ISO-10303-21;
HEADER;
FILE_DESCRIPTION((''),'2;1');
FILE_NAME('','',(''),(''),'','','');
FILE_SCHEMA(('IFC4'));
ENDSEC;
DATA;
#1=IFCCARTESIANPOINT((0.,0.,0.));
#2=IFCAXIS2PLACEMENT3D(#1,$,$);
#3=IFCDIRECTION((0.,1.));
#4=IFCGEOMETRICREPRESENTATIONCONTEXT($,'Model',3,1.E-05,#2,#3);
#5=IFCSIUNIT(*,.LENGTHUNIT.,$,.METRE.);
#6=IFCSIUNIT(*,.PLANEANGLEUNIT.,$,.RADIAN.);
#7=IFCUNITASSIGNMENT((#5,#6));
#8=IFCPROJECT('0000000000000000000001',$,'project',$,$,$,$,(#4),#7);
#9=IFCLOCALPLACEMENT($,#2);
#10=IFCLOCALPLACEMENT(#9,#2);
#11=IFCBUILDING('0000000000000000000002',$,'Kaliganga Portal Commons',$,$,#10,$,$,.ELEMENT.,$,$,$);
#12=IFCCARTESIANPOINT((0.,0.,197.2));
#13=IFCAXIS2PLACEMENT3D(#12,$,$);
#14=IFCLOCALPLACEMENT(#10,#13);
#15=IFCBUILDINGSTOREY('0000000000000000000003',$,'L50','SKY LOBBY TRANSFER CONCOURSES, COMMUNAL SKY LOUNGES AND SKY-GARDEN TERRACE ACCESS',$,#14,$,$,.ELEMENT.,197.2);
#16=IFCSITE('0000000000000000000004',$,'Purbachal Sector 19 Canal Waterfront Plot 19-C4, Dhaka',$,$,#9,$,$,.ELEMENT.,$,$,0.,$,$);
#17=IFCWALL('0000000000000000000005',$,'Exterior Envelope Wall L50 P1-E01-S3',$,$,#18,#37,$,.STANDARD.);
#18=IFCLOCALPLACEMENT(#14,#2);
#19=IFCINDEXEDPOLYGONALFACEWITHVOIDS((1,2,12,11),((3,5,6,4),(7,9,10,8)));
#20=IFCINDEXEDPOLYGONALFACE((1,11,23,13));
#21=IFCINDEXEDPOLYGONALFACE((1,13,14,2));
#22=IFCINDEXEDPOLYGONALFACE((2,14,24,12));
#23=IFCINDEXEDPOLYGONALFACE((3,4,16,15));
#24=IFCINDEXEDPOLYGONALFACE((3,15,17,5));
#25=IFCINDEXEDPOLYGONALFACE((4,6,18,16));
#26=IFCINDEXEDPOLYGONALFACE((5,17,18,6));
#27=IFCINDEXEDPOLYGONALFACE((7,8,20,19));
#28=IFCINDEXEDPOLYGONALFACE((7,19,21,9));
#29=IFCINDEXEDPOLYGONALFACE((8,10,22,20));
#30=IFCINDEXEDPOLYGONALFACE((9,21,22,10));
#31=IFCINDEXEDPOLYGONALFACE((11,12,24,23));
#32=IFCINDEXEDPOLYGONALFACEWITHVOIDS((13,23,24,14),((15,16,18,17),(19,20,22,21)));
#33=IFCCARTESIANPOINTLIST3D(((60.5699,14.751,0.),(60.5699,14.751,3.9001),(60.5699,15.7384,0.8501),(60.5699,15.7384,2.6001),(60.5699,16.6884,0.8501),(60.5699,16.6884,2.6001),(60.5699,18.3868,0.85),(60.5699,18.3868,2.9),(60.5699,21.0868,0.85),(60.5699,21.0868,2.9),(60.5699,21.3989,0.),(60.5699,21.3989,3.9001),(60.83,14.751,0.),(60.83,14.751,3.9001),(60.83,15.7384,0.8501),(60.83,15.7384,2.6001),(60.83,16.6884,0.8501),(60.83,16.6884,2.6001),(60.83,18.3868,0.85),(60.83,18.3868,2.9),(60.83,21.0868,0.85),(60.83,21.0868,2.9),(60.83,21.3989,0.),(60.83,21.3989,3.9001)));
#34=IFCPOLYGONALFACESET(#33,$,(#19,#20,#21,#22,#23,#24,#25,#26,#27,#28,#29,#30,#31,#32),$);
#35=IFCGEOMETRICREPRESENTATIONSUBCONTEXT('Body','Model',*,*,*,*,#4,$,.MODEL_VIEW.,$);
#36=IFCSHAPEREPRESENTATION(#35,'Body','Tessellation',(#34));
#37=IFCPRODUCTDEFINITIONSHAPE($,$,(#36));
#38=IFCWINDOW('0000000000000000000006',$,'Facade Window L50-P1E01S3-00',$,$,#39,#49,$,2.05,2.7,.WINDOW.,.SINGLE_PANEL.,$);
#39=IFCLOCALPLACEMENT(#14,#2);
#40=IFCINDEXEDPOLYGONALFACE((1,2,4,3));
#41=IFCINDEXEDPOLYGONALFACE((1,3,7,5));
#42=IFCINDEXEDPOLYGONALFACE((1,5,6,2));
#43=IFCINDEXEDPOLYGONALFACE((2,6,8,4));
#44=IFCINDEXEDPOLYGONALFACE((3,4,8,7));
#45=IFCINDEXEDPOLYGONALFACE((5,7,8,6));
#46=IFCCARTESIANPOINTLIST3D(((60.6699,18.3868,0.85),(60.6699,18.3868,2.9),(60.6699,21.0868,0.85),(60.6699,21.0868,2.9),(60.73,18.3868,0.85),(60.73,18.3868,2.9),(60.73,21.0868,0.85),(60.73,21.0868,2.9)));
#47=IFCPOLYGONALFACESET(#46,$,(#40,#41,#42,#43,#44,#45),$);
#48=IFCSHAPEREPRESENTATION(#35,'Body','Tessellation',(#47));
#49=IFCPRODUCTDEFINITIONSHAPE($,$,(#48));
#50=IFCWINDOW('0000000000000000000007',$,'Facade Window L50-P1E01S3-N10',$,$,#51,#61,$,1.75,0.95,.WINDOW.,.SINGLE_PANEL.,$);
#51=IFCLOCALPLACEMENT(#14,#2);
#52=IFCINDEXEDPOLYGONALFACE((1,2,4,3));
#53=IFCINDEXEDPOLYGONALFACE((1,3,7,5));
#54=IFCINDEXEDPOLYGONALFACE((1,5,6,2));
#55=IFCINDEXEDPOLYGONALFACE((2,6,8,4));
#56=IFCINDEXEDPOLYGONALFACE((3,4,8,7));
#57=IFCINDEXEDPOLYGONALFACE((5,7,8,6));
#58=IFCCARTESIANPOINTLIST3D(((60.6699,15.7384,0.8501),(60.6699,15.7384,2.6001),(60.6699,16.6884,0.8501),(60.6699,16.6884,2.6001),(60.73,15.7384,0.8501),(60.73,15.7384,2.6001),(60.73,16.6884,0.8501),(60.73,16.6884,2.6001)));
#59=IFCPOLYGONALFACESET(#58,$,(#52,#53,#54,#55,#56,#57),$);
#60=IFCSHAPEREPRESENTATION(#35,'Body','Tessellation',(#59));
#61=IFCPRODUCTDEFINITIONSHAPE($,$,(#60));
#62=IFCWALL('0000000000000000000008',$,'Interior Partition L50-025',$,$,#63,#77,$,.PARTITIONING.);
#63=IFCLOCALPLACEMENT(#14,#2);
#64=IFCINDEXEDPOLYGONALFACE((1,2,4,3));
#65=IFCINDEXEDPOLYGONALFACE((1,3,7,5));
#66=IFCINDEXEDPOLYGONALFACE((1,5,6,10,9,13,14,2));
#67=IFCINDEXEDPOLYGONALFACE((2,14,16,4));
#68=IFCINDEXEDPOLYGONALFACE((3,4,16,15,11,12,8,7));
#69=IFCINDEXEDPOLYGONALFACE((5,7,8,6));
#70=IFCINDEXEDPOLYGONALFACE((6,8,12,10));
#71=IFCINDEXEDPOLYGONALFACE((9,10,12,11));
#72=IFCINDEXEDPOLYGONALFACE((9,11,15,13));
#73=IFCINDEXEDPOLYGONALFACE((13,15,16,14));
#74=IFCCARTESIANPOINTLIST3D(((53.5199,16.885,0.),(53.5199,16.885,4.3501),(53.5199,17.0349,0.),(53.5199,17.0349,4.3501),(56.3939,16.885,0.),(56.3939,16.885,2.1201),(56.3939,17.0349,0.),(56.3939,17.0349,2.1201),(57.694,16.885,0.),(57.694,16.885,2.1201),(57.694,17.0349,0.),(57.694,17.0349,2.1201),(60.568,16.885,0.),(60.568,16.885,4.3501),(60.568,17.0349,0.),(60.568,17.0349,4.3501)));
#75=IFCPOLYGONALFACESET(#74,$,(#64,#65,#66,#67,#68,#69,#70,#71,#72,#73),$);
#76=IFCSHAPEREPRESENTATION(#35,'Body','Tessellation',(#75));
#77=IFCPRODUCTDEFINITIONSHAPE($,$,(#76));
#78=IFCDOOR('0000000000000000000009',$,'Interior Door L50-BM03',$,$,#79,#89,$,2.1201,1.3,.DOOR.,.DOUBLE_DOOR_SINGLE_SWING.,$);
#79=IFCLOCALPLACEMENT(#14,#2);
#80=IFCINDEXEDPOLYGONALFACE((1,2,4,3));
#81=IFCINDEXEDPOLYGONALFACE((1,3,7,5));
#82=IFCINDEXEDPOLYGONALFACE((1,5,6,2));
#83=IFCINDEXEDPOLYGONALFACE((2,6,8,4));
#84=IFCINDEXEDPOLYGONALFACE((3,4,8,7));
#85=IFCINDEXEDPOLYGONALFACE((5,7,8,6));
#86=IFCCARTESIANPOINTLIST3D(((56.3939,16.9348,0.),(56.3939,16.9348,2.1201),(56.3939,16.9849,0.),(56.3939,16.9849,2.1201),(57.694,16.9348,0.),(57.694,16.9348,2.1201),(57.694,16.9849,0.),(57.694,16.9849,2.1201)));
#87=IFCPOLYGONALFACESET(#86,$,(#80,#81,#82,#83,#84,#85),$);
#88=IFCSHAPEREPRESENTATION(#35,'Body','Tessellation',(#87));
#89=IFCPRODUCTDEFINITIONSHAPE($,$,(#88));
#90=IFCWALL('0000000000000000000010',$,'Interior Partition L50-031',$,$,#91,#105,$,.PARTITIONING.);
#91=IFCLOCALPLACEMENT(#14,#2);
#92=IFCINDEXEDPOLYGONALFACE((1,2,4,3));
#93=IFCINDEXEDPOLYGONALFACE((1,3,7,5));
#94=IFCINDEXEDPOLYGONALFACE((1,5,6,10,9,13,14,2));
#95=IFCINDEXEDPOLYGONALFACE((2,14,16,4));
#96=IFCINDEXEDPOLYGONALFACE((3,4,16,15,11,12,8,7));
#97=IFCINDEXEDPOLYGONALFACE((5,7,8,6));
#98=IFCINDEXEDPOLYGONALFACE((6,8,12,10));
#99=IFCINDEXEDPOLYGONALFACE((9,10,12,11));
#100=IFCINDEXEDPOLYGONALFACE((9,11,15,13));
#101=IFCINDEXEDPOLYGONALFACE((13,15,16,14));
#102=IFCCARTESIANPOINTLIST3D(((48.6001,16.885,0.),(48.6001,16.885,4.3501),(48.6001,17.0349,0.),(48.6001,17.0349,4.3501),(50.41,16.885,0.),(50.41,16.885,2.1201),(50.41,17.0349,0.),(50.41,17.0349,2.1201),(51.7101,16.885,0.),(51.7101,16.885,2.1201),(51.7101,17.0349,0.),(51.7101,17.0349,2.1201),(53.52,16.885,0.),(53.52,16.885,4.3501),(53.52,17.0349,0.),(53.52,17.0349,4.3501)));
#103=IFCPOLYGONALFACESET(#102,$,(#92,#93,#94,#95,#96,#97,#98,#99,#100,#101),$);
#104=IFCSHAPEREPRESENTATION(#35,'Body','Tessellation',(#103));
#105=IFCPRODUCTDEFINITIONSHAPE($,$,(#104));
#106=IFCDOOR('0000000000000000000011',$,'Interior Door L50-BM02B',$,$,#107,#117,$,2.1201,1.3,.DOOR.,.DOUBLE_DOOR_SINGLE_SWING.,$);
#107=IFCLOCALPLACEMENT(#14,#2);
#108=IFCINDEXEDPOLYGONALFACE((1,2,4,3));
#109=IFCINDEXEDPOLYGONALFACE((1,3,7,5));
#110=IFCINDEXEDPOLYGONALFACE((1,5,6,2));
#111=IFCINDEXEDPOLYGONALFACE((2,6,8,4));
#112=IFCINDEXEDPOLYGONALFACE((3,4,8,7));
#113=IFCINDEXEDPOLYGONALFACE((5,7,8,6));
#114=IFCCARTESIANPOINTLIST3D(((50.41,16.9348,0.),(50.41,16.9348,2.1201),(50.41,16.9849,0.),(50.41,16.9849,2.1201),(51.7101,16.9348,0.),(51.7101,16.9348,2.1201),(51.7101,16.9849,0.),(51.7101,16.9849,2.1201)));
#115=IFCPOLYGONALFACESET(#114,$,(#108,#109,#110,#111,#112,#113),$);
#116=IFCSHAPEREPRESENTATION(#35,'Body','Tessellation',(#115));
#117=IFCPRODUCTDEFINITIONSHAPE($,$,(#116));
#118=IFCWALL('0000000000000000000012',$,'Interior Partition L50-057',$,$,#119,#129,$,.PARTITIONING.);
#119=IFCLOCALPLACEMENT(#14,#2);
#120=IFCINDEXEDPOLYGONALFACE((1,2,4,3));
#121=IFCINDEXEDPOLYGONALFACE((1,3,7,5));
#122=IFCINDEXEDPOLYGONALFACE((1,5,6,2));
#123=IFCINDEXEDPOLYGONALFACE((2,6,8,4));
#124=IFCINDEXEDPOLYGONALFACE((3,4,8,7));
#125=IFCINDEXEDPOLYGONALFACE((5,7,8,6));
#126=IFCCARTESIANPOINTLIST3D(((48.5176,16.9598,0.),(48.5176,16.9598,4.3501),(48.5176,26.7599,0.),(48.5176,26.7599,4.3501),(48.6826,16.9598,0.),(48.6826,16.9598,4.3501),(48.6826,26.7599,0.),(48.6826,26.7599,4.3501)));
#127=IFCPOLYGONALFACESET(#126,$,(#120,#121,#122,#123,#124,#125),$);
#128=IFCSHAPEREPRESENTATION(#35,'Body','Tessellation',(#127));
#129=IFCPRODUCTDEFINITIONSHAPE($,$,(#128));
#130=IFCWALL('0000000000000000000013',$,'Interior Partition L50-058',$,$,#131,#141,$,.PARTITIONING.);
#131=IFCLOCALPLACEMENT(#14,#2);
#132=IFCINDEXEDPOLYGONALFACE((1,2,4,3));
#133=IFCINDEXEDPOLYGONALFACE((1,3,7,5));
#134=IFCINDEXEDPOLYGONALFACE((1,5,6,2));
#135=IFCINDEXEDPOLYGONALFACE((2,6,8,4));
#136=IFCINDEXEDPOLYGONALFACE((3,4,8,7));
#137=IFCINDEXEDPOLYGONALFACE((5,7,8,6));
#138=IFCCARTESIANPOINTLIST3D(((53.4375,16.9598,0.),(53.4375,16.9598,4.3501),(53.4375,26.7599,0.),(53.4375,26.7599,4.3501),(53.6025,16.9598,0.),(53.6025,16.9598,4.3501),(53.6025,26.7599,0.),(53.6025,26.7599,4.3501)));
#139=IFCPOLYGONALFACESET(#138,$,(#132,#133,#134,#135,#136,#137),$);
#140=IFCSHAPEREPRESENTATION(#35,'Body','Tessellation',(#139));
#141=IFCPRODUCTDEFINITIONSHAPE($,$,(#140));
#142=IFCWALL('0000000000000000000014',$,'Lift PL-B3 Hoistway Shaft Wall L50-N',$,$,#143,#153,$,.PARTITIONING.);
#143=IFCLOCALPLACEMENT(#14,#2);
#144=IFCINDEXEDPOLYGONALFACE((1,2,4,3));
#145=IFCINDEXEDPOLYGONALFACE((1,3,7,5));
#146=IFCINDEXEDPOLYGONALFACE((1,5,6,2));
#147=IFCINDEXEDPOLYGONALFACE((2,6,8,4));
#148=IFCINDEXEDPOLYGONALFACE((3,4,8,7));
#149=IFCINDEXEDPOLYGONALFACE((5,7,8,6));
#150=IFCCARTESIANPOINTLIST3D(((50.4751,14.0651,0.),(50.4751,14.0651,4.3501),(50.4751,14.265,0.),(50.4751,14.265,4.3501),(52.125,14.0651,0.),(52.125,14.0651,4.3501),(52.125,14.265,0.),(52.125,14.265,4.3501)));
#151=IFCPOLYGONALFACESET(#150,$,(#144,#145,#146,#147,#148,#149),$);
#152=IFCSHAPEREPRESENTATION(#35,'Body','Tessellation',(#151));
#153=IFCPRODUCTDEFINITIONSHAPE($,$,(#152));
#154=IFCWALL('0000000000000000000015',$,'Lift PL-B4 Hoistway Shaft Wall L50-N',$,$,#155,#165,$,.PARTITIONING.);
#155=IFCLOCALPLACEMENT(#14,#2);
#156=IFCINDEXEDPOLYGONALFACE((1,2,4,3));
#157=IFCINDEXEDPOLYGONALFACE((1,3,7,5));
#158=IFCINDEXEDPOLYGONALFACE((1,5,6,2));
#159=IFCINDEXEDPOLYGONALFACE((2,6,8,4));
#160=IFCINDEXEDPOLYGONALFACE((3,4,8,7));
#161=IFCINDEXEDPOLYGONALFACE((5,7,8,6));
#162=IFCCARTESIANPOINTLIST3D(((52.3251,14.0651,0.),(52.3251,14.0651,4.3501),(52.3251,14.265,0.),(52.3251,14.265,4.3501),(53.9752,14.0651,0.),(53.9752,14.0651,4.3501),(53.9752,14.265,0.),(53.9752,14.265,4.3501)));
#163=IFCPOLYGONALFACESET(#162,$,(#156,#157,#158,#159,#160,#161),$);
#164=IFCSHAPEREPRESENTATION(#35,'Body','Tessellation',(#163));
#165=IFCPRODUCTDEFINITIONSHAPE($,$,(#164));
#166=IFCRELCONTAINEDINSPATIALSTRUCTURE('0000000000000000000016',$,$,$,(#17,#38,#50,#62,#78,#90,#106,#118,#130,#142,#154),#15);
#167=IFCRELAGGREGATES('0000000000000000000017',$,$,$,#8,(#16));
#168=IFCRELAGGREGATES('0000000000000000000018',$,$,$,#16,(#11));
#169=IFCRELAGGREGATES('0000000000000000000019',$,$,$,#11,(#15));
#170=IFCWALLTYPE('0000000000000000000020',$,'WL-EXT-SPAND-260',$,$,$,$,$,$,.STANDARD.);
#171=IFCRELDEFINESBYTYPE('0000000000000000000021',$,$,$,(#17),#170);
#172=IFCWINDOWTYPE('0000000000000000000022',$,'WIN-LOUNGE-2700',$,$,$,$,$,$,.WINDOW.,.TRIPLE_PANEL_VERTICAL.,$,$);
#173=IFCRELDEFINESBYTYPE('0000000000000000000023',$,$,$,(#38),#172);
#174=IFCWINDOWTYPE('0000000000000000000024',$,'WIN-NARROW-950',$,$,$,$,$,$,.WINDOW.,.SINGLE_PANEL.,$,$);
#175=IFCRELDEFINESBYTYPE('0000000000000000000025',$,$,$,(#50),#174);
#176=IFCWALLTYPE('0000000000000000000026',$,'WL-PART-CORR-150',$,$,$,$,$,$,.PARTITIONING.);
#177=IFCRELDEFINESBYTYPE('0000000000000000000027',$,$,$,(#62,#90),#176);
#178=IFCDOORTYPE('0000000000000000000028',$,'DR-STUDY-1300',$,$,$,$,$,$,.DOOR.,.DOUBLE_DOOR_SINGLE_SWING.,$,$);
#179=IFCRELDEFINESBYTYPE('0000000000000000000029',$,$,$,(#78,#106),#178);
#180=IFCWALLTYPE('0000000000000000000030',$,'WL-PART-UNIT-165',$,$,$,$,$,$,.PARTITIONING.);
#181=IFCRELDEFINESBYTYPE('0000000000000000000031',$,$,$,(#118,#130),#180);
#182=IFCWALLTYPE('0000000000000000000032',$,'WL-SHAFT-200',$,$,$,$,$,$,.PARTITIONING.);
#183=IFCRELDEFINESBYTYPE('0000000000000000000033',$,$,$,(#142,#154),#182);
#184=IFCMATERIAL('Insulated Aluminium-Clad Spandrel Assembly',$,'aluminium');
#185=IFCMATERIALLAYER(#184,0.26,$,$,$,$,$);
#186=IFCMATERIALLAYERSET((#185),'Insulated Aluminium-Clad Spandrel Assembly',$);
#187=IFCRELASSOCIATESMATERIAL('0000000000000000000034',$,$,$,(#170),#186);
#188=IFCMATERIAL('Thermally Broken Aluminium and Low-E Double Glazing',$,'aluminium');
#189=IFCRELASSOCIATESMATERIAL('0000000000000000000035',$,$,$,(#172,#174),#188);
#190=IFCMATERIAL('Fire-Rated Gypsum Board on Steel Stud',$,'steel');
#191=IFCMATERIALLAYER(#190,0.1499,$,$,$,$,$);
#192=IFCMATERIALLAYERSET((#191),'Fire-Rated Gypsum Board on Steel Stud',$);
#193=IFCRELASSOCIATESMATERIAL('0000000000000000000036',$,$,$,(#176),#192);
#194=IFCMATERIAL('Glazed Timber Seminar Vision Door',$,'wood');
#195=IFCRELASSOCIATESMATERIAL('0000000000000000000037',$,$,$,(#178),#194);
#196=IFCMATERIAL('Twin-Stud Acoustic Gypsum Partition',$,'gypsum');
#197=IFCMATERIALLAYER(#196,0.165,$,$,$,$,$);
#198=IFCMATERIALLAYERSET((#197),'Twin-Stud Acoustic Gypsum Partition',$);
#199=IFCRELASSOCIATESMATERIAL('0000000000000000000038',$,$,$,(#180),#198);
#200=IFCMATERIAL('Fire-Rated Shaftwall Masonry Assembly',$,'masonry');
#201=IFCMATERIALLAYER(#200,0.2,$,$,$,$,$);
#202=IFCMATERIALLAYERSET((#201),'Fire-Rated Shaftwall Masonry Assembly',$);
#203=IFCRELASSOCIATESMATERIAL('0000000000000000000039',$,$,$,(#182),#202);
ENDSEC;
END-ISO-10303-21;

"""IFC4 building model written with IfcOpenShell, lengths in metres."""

from ifc_helpers import new_model, si_unit, direction, frame, frame_2d, origin, place, context, subcontext, project, spatial, rectangle, extrude, material, layer, layer_set, type_object, element, fill, save


model = new_model("IFC4")

# Units and contexts
model_context = context("Model", 3, precision=1e-05, world=origin(), true_north=direction((0.0, 1.0)))
body_context = subcontext(model_context, "Body", "Model", "MODEL_VIEW")
ifc_project = project(units=[si_unit("LENGTHUNIT", "METRE"), si_unit("PLANEANGLEUNIT", "RADIAN")], contexts=[model_context])

# Site, building, storey
site_placement = place(None, origin())
site = spatial("IfcSite", under=ifc_project, at=site_placement, Name="Purbachal Sector 19 Canal Waterfront Plot 19-C4, Dhaka", CompositionType="ELEMENT", RefElevation=0.0)
building_placement = place(site_placement, origin())
building = spatial("IfcBuilding", under=site, at=building_placement, Name="Kaliganga Portal Commons", CompositionType="ELEMENT")
storey_placement = place(building_placement, frame((0.0, 0.0, 197.2)))
storey = spatial("IfcBuildingStorey", under=building, at=storey_placement, Name="L50", Description="SKY LOBBY TRANSFER CONCOURSES, COMMUNAL SKY LOUNGES AND SKY-GARDEN TERRACE ACCESS", CompositionType="ELEMENT", Elevation=197.2)

# Shared definitions
ifc_material_1 = material(Name="Insulated Aluminium-Clad Spandrel Assembly", Category="aluminium")
ifc_layer_1 = layer(ifc_material_1, 0.26)
ifc_layer_set_1 = layer_set([ifc_layer_1], Name="Insulated Aluminium-Clad Spandrel Assembly")
wall_type_1 = type_object("IfcWallType", Name="WL-EXT-SPAND-260", PredefinedType="STANDARD", material=ifc_layer_set_1)

# Wall, openings, windows
wall_1_placement = place(storey_placement, frame((60.7, 21.3989, 0.0), z_axis=(0.0, 0.0, 1.0), x_axis=(0.0, -1.0, 0.0)))
wall_1 = element("IfcWall", 1, at=wall_1_placement, inside=storey, type_object=wall_type_1, Name="Exterior Envelope Wall L50 P1-E01-S3", PredefinedType="STANDARD", context=body_context, shape_type="SweptSolid", body=[
    extrude(rectangle(XDim=6.6479, YDim=0.26, at=frame_2d((3.324, 0.0))), origin(), (0.0, 0.0, 1.0), 3.9001),
])
opening_1_placement = place(wall_1_placement, frame((0.312, 0.0, 0.8501)))
opening_1 = element("IfcOpeningElement", 2, at=opening_1_placement, cuts=wall_1, PredefinedType="OPENING", context=body_context, shape_type="SweptSolid", body=[
    extrude(rectangle(XDim=2.7, YDim=2.05, at=frame_2d((1.3501, 1.0249))), frame((0.0, 0.1401, 0.0), z_axis=(0.0, -1.0, 0.0), x_axis=(1.0, 0.0, 0.0)), (0.0, 0.0, 1.0), 0.28),
])
opening_2_placement = place(wall_1_placement, frame((4.7104, 0.0, 0.8501)))
opening_2 = element("IfcOpeningElement", 3, at=opening_2_placement, cuts=wall_1, PredefinedType="OPENING", context=body_context, shape_type="SweptSolid", body=[
    extrude(rectangle(XDim=0.95, YDim=1.75, at=frame_2d((0.4751, 0.875))), frame((0.0, 0.1401, 0.0), z_axis=(0.0, -1.0, 0.0), x_axis=(1.0, 0.0, 0.0)), (0.0, 0.0, 1.0), 0.28),
])
ifc_material_2 = material(Name="Thermally Broken Aluminium and Low-E Double Glazing", Category="aluminium")
window_type_1 = type_object("IfcWindowType", Name="WIN-LOUNGE-2700", PartitioningType="TRIPLE_PANEL_VERTICAL", PredefinedType="WINDOW", material=ifc_material_2)
window_1_placement = place(opening_1_placement, origin())
window_1 = element("IfcWindow", 4, at=window_1_placement, inside=storey, type_object=window_type_1, Name="Facade Window L50-P1E01S3-00", OverallHeight=2.05, OverallWidth=2.7, PartitioningType="SINGLE_PANEL", PredefinedType="WINDOW", context=body_context, shape_type="SweptSolid", body=[
    extrude(rectangle(XDim=2.7, YDim=2.05, at=frame_2d((1.3501, 1.0249))), frame((0.0, 0.03, 0.0), z_axis=(0.0, -1.0, 0.0), x_axis=(1.0, 0.0, 0.0)), (0.0, 0.0, 1.0), 0.0601),
])
fill(opening_1, window_1)
window_type_2 = type_object("IfcWindowType", Name="WIN-NARROW-950", PartitioningType="SINGLE_PANEL", PredefinedType="WINDOW", material=ifc_material_2)
window_2_placement = place(opening_2_placement, origin())
window_2 = element("IfcWindow", 5, at=window_2_placement, inside=storey, type_object=window_type_2, Name="Facade Window L50-P1E01S3-N10", OverallHeight=1.75, OverallWidth=0.95, PartitioningType="SINGLE_PANEL", PredefinedType="WINDOW", context=body_context, shape_type="SweptSolid", body=[
    extrude(rectangle(XDim=0.95, YDim=1.75, at=frame_2d((0.4751, 0.875))), frame((0.0, 0.03, 0.0), z_axis=(0.0, -1.0, 0.0), x_axis=(1.0, 0.0, 0.0)), (0.0, 0.0, 1.0), 0.0601),
])
fill(opening_2, window_2)

# Walls, openings, doors
ifc_material_3 = material(Name="Fire-Rated Gypsum Board on Steel Stud", Category="steel")
ifc_layer_2 = layer(ifc_material_3, 0.1499)
ifc_layer_set_2 = layer_set([ifc_layer_2], Name="Fire-Rated Gypsum Board on Steel Stud")
wall_type_2 = type_object("IfcWallType", Name="WL-PART-CORR-150", PredefinedType="PARTITIONING", material=ifc_layer_set_2)
wall_2_placement = place(storey_placement, frame((53.52, 16.96, 0.0), z_axis=(0.0, 0.0, 1.0), x_axis=(1.0, 0.0, 0.0)))
wall_2 = element("IfcWall", 6, at=wall_2_placement, inside=storey, type_object=wall_type_2, Name="Interior Partition L50-025", PredefinedType="PARTITIONING", context=body_context, shape_type="SweptSolid", body=[
    extrude(rectangle(XDim=7.0481, YDim=0.1499, at=frame_2d((3.5239, 0.0))), origin(), (0.0, 0.0, 1.0), 4.3501),
])
opening_3_placement = place(wall_2_placement, frame((2.874, 0.0, 0.0)))
opening_3 = element("IfcOpeningElement", 7, at=opening_3_placement, cuts=wall_2, PredefinedType="OPENING", context=body_context, shape_type="SweptSolid", body=[
    extrude(rectangle(XDim=1.3, YDim=2.1201, at=frame_2d((0.6499, 1.0601))), frame((0.0, 0.085, 0.0), z_axis=(0.0, -1.0, 0.0), x_axis=(1.0, 0.0, 0.0)), (0.0, 0.0, 1.0), 0.1699),
])
ifc_material_4 = material(Name="Glazed Timber Seminar Vision Door", Category="wood")
door_type_1 = type_object("IfcDoorType", Name="DR-STUDY-1300", OperationType="DOUBLE_DOOR_SINGLE_SWING", PredefinedType="DOOR", material=ifc_material_4)
door_1_placement = place(opening_3_placement, origin())
door_1 = element("IfcDoor", 8, at=door_1_placement, inside=storey, type_object=door_type_1, Name="Interior Door L50-BM03", OperationType="DOUBLE_DOOR_SINGLE_SWING", OverallHeight=2.1201, OverallWidth=1.3, PredefinedType="DOOR", context=body_context, shape_type="SweptSolid", body=[
    extrude(rectangle(XDim=1.3, YDim=2.1201, at=frame_2d((0.6499, 1.0601))), frame((0.0, 0.0249, 0.0), z_axis=(0.0, -1.0, 0.0), x_axis=(1.0, 0.0, 0.0)), (0.0, 0.0, 1.0), 0.05),
])
fill(opening_3, door_1)
wall_3_placement = place(storey_placement, frame((48.6001, 16.96, 0.0), z_axis=(0.0, 0.0, 1.0), x_axis=(1.0, 0.0, 0.0)))
wall_3 = element("IfcWall", 9, at=wall_3_placement, inside=storey, type_object=wall_type_2, Name="Interior Partition L50-031", PredefinedType="PARTITIONING", context=body_context, shape_type="SweptSolid", body=[
    extrude(rectangle(XDim=4.9199, YDim=0.1499, at=frame_2d((2.46, 0.0))), origin(), (0.0, 0.0, 1.0), 4.3501),
])
opening_4_placement = place(wall_3_placement, frame((1.8101, 0.0, 0.0)))
opening_4 = element("IfcOpeningElement", 10, at=opening_4_placement, cuts=wall_3, PredefinedType="OPENING", context=body_context, shape_type="SweptSolid", body=[
    extrude(rectangle(XDim=1.3, YDim=2.1201, at=frame_2d((0.6499, 1.0601))), frame((0.0, 0.085, 0.0), z_axis=(0.0, -1.0, 0.0), x_axis=(1.0, 0.0, 0.0)), (0.0, 0.0, 1.0), 0.1699),
])
door_2_placement = place(opening_4_placement, origin())
door_2 = element("IfcDoor", 11, at=door_2_placement, inside=storey, type_object=door_type_1, Name="Interior Door L50-BM02B", OperationType="DOUBLE_DOOR_SINGLE_SWING", OverallHeight=2.1201, OverallWidth=1.3, PredefinedType="DOOR", context=body_context, shape_type="SweptSolid", body=[
    extrude(rectangle(XDim=1.3, YDim=2.1201, at=frame_2d((0.6499, 1.0601))), frame((0.0, 0.0249, 0.0), z_axis=(0.0, -1.0, 0.0), x_axis=(1.0, 0.0, 0.0)), (0.0, 0.0, 1.0), 0.05),
])
fill(opening_4, door_2)

# Walls
ifc_material_5 = material(Name="Twin-Stud Acoustic Gypsum Partition", Category="gypsum")
ifc_layer_3 = layer(ifc_material_5, 0.165)
ifc_layer_set_3 = layer_set([ifc_layer_3], Name="Twin-Stud Acoustic Gypsum Partition")
wall_type_3 = type_object("IfcWallType", Name="WL-PART-UNIT-165", PredefinedType="PARTITIONING", material=ifc_layer_set_3)
for number, where, z_axis, x_axis, name in (
    (12, (48.6001, 16.96, 0.0), (0.0, 0.0, 1.0), (0.0, 1.0, 0.0), "Interior Partition L50-057"),
    (13, (53.52, 16.96, 0.0), (0.0, 0.0, 1.0), (0.0, 1.0, 0.0), "Interior Partition L50-058"),
):
    element("IfcWall", number, at=place(storey_placement, frame(where, z_axis=z_axis, x_axis=x_axis)), inside=storey, type_object=wall_type_3, Name=name, PredefinedType="PARTITIONING", context=body_context, shape_type="SweptSolid", body=[
        extrude(rectangle(XDim=9.8, YDim=0.165, at=frame_2d((4.8999, 0.0))), origin(), (0.0, 0.0, 1.0), 4.3501),
    ])
ifc_material_6 = material(Name="Fire-Rated Shaftwall Masonry Assembly", Category="masonry")
ifc_layer_4 = layer(ifc_material_6, 0.2)
ifc_layer_set_4 = layer_set([ifc_layer_4], Name="Fire-Rated Shaftwall Masonry Assembly")
wall_type_4 = type_object("IfcWallType", Name="WL-SHAFT-200", PredefinedType="PARTITIONING", material=ifc_layer_set_4)
wall_4_placement = place(storey_placement, frame((50.4751, 14.165, 0.0), z_axis=(0.0, 0.0, 1.0), x_axis=(1.0, 0.0, 0.0)))
element("IfcWall", 14, at=wall_4_placement, inside=storey, type_object=wall_type_4, Name="Lift PL-B3 Hoistway Shaft Wall L50-N", PredefinedType="PARTITIONING", context=body_context, shape_type="SweptSolid", body=[
    extrude(rectangle(XDim=1.6499, YDim=0.2, at=frame_2d((0.825, 0.0))), origin(), (0.0, 0.0, 1.0), 4.3501),
])
wall_5_placement = place(storey_placement, frame((52.325, 14.165, 0.0), z_axis=(0.0, 0.0, 1.0), x_axis=(1.0, 0.0, 0.0)))
element("IfcWall", 15, at=wall_5_placement, inside=storey, type_object=wall_type_4, Name="Lift PL-B4 Hoistway Shaft Wall L50-N", PredefinedType="PARTITIONING", context=body_context, shape_type="SweptSolid", body=[
    extrude(rectangle(XDim=1.6501, YDim=0.2, at=frame_2d((0.8252, 0.0))), origin(), (0.0, 0.0, 1.0), 4.3501),
])

save(model, "model.ifc")
